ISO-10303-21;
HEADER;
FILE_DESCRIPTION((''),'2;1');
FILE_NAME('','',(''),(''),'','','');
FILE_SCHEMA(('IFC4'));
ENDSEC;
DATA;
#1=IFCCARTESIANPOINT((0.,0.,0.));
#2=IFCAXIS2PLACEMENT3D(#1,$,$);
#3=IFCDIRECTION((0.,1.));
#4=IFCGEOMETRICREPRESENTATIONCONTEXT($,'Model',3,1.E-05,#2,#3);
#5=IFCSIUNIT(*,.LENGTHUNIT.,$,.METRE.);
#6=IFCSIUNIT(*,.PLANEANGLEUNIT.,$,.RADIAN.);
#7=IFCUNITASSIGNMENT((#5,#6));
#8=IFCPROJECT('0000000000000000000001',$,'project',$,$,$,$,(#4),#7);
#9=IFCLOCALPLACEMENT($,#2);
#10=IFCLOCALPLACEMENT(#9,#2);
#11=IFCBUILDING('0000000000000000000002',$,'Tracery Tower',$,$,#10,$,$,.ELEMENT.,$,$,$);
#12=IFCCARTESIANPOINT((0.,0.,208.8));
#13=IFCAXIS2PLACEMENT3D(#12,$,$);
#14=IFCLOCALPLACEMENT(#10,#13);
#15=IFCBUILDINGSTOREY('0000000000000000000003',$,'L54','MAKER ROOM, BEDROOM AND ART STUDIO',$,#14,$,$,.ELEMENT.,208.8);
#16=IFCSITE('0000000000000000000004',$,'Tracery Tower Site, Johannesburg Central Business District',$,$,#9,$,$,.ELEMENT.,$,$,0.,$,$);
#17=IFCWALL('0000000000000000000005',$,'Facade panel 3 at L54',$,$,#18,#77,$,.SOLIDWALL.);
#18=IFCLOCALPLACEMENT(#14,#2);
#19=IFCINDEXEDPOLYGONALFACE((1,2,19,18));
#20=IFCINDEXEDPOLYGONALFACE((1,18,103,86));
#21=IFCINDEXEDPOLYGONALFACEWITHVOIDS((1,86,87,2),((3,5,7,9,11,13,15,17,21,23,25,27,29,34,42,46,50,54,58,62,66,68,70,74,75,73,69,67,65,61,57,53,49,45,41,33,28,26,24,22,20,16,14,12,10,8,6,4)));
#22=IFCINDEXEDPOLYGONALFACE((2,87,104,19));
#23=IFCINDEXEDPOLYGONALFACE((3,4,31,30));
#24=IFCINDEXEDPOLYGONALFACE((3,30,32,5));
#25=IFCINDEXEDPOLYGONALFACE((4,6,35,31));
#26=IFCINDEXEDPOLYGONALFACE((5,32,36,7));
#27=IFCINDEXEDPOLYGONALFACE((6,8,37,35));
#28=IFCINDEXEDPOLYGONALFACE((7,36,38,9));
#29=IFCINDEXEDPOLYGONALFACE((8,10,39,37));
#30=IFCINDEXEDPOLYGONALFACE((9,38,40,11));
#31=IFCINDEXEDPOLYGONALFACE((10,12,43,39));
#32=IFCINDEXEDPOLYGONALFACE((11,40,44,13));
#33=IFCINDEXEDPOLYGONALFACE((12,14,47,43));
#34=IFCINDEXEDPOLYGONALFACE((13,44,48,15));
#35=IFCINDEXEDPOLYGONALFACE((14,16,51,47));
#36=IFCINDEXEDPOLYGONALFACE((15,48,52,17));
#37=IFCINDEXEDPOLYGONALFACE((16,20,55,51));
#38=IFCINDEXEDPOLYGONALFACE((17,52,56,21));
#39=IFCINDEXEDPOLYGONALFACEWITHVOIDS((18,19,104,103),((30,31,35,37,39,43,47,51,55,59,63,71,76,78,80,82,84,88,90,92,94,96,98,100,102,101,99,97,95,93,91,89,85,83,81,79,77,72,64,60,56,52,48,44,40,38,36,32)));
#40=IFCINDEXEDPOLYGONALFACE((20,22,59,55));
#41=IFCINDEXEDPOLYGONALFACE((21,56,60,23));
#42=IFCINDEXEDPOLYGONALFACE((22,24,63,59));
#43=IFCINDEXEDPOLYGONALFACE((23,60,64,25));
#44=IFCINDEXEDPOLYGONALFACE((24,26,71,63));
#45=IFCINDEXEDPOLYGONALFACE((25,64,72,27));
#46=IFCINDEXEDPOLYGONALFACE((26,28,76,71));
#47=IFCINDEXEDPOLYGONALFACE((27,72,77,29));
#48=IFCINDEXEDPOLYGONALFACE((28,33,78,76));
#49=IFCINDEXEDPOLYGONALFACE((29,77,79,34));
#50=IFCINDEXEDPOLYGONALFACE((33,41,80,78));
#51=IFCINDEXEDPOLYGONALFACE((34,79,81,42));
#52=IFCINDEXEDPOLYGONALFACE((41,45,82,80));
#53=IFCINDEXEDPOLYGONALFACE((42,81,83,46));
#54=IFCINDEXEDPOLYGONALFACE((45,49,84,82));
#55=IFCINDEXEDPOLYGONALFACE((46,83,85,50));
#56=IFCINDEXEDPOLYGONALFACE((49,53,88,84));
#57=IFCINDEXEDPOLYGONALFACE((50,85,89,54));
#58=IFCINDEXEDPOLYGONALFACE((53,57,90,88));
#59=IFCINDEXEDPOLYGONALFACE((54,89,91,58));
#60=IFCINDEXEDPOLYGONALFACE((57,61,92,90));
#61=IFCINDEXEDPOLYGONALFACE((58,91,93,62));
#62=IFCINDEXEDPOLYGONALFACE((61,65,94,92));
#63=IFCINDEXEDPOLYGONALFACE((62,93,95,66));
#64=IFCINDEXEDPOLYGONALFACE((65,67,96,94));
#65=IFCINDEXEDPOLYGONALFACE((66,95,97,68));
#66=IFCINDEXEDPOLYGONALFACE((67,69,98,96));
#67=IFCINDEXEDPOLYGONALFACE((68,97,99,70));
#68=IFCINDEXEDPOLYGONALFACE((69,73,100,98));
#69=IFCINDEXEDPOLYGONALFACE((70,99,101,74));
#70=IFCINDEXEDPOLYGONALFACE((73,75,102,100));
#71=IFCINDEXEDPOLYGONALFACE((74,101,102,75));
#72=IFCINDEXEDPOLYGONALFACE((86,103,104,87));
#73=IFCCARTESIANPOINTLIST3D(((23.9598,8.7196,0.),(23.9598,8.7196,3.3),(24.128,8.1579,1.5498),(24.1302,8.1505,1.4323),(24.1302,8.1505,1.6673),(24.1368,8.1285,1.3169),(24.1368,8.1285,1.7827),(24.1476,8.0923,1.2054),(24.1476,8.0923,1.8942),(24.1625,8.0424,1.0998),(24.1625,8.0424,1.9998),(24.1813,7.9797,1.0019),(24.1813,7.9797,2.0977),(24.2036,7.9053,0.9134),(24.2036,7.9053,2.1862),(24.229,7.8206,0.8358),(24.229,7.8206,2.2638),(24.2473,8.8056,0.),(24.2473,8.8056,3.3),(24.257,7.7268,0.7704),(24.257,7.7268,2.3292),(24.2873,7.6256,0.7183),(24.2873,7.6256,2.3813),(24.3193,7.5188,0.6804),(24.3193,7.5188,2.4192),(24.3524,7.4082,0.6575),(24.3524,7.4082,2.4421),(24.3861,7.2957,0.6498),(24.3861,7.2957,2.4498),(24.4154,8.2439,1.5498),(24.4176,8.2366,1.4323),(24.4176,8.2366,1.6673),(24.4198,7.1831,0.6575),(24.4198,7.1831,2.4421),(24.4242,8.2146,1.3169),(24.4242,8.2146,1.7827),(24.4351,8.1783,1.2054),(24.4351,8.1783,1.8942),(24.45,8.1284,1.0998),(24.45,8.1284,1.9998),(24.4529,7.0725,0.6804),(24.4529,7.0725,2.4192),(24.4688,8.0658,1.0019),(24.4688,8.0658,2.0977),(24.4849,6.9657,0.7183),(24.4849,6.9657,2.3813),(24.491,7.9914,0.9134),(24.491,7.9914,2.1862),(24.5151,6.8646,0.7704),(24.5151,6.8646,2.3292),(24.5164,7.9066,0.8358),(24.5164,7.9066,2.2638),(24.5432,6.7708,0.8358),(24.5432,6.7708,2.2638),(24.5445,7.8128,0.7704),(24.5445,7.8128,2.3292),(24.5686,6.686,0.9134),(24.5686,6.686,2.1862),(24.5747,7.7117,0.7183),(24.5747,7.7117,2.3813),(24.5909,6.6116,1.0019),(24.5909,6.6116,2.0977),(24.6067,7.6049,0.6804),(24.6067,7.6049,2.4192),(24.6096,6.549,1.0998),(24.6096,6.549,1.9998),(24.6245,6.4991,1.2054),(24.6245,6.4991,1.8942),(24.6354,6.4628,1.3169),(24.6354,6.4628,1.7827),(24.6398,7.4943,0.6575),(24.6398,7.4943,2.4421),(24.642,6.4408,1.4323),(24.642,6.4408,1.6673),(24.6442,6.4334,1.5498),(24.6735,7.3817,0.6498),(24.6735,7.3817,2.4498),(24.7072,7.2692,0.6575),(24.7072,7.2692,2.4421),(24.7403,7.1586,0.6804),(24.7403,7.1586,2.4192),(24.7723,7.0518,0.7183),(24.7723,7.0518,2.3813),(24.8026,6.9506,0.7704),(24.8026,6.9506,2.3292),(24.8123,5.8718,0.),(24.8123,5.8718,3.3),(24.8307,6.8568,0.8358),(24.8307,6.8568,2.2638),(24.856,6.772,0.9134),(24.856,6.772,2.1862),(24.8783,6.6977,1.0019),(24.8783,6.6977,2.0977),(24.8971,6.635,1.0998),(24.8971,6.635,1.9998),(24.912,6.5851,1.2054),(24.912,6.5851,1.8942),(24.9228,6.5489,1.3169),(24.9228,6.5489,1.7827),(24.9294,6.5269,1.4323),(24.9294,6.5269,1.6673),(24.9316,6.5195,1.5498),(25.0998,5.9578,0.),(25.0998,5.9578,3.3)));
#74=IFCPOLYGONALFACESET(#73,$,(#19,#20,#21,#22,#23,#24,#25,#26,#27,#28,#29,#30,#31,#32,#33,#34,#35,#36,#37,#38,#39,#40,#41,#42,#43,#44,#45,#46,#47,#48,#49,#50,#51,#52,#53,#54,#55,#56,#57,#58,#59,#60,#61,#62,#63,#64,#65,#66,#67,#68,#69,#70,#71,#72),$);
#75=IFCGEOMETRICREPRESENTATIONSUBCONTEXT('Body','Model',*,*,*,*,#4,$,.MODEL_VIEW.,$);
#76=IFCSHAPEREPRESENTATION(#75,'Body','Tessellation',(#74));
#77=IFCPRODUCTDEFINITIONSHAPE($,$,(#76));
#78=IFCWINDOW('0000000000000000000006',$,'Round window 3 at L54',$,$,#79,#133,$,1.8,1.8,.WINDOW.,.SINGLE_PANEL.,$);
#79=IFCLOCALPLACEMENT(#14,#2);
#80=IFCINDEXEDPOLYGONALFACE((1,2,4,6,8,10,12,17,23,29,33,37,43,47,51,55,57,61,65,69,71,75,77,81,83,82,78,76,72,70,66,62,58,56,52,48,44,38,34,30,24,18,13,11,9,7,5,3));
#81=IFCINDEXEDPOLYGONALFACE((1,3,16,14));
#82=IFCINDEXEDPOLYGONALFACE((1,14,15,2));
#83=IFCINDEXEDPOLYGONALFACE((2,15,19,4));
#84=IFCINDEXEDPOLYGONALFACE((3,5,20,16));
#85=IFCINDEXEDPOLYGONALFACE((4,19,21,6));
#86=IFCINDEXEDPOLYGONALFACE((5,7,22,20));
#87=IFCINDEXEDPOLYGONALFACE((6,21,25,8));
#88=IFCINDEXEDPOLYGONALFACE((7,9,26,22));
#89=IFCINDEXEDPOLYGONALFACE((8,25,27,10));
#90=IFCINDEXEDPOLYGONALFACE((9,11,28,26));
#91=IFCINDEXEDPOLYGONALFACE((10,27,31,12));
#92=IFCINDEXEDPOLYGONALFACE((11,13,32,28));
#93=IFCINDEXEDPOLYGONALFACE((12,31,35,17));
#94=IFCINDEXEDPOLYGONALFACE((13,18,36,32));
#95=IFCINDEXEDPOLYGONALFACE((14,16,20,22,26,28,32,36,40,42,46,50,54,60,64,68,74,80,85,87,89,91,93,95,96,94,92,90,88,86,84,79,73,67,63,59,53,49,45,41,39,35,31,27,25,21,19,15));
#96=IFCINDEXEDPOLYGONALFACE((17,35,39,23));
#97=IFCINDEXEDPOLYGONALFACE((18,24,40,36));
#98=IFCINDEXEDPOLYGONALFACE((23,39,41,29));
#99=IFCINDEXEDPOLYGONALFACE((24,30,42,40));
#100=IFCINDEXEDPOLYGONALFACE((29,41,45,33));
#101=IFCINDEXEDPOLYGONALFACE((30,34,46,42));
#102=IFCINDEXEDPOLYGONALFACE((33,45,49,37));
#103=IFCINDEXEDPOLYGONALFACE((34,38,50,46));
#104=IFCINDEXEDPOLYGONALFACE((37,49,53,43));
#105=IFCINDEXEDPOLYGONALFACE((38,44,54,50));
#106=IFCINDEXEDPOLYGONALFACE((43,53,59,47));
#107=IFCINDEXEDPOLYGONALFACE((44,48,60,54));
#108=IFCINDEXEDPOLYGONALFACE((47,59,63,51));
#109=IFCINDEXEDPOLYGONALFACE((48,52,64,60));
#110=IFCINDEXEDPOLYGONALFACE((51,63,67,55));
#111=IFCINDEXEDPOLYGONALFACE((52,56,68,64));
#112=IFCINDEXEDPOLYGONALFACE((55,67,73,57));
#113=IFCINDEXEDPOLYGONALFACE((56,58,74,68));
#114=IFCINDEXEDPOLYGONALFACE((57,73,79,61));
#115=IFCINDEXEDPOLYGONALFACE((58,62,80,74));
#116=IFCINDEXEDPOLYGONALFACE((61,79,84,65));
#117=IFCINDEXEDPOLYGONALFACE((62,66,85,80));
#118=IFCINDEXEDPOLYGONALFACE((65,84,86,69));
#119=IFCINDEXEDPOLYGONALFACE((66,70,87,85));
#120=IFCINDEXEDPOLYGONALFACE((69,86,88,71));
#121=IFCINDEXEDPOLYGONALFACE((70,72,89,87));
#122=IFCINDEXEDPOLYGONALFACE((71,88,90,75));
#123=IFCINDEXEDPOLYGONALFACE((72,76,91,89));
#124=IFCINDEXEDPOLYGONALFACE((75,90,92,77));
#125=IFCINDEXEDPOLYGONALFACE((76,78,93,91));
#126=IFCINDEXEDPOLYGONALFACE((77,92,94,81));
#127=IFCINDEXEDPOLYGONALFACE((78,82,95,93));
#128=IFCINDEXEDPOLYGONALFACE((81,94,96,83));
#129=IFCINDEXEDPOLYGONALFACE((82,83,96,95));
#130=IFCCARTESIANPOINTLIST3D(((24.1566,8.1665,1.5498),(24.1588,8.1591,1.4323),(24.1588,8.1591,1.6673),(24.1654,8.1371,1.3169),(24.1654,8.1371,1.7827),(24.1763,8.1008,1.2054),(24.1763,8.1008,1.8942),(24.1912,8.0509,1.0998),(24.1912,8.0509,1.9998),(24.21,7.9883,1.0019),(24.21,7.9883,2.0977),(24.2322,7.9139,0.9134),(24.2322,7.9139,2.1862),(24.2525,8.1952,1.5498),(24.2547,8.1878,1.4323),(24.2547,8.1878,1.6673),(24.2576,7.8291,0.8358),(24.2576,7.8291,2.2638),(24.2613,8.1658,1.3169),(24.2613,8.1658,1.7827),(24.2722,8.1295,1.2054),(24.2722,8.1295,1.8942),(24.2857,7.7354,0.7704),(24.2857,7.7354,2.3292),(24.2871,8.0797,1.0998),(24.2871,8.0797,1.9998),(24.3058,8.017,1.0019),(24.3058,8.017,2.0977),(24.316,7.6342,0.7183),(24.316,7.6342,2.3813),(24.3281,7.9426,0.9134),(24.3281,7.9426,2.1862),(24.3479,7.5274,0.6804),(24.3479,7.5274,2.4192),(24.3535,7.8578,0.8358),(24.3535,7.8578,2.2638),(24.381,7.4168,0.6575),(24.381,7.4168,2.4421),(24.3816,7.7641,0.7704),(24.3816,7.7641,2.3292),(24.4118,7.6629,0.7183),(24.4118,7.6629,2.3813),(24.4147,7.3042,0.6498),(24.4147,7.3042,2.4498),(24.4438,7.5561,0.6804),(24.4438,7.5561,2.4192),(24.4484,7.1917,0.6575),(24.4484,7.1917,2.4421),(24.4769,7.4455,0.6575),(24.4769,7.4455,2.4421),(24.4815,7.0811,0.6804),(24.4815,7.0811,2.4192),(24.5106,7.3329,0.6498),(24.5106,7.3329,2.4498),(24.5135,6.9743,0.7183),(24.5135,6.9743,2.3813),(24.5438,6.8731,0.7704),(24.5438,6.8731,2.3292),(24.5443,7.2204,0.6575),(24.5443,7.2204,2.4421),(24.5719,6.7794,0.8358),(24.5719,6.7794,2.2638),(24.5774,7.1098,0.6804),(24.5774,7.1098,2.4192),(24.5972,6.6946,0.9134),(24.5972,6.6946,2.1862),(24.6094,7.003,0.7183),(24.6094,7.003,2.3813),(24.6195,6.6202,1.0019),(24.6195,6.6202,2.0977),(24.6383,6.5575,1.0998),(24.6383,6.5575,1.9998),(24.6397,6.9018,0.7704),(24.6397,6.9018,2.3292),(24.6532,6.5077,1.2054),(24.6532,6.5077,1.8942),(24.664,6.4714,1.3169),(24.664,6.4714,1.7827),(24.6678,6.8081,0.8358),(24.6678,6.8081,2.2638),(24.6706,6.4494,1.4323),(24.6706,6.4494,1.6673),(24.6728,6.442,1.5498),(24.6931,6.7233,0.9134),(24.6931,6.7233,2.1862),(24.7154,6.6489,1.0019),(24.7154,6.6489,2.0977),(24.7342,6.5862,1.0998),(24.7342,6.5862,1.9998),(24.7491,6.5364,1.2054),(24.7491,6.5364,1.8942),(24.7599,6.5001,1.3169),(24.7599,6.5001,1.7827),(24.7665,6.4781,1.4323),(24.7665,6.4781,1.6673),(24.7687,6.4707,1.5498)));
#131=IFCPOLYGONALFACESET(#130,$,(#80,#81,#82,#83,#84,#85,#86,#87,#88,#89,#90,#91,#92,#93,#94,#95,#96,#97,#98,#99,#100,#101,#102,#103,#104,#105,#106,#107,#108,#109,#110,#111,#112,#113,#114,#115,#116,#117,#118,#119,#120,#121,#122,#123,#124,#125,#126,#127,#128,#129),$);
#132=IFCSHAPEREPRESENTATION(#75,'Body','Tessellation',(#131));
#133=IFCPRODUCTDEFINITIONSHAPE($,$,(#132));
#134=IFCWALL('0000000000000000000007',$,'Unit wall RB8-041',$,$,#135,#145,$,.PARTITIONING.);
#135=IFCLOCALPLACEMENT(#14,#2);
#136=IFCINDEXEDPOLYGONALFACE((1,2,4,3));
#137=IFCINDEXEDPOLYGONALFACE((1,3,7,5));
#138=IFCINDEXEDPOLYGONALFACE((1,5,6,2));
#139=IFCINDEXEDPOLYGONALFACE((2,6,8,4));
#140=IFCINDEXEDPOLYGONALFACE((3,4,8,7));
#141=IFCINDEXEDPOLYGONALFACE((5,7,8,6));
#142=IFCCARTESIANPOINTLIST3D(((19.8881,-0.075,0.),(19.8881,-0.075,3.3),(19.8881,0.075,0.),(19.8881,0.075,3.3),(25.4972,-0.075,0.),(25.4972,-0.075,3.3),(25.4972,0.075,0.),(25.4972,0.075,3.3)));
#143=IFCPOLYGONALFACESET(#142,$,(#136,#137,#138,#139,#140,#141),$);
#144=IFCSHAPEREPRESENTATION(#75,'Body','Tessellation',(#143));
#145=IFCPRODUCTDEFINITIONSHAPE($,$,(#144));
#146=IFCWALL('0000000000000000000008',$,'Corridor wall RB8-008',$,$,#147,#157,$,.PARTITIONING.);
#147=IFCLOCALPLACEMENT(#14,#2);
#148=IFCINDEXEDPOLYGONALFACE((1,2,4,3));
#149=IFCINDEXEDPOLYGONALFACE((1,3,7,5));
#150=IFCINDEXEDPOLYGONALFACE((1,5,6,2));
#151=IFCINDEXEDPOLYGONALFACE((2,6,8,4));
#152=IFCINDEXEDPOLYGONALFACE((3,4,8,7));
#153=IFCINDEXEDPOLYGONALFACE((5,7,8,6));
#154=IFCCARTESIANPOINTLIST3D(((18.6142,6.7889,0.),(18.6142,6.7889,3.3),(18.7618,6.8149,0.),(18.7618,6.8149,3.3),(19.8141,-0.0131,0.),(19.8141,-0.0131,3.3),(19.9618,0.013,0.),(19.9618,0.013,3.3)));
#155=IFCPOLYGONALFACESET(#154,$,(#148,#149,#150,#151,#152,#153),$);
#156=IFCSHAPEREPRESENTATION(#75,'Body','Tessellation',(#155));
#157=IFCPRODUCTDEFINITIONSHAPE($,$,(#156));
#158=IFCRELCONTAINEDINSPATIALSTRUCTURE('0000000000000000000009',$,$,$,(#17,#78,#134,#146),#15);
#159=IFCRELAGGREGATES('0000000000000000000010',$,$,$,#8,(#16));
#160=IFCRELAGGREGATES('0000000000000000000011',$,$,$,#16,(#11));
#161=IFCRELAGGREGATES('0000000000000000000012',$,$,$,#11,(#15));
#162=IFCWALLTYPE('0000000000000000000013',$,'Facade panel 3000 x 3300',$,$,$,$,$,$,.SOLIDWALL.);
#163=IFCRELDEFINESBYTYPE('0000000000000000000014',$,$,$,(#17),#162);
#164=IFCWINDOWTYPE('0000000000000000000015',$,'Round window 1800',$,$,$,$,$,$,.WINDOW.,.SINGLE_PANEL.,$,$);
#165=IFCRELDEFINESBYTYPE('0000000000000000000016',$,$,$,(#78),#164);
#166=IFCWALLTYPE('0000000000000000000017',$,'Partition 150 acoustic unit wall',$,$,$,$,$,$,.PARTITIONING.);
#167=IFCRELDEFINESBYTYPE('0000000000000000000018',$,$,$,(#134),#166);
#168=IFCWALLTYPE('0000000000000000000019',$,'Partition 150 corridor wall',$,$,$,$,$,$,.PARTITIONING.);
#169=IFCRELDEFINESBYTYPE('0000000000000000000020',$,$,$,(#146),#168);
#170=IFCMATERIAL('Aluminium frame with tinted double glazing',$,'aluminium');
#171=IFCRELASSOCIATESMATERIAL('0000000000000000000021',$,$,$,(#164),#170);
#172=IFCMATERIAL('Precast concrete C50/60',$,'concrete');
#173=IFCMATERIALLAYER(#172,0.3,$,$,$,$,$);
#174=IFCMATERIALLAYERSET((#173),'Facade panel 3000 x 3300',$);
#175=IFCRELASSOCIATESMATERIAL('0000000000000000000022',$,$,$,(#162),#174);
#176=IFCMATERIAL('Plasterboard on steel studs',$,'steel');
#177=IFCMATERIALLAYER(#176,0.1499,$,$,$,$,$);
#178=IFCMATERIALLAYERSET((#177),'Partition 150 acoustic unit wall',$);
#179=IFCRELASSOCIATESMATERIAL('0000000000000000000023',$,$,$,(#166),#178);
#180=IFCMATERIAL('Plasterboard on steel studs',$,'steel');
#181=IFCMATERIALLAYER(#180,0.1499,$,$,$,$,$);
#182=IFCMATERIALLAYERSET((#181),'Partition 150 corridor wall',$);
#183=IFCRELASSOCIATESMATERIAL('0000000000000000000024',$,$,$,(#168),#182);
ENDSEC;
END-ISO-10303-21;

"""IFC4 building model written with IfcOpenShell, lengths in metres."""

from ifc_helpers import new_model, si_unit, direction, frame, frame_2d, origin, origin_2d, place, context, subcontext, project, spatial, rectangle, circle, extrude, material, layer, layer_set, type_object, element, fill, save


model = new_model("IFC4")

# Units and contexts
model_context = context("Model", 3, precision=1e-05, world=origin(), true_north=direction((0.0, 1.0)))
body_context = subcontext(model_context, "Body", "Model", "MODEL_VIEW")
ifc_project = project(units=[si_unit("LENGTHUNIT", "METRE"), si_unit("PLANEANGLEUNIT", "RADIAN")], contexts=[model_context])

# Site, building, storey
site_placement = place(None, origin())
site = spatial("IfcSite", under=ifc_project, at=site_placement, Name="Tracery Tower Site, Johannesburg Central Business District", CompositionType="ELEMENT", RefElevation=0.0)
building_placement = place(site_placement, origin())
building = spatial("IfcBuilding", under=site, at=building_placement, Name="Tracery Tower", CompositionType="ELEMENT")
storey_placement = place(building_placement, frame((0.0, 0.0, 208.8)))
storey = spatial("IfcBuildingStorey", under=building, at=storey_placement, Name="L54", Description="MAKER ROOM, BEDROOM AND ART STUDIO", CompositionType="ELEMENT", Elevation=208.8)

# Wall, opening, window
ifc_material_1 = material(Name="Aluminium frame with tinted double glazing", Category="aluminium")
window_type = type_object("IfcWindowType", Name="Round window 1800", PartitioningType="SINGLE_PANEL", PredefinedType="WINDOW", material=ifc_material_1)
ifc_material_2 = material(Name="Precast concrete C50/60", Category="concrete")
ifc_layer_1 = layer(ifc_material_2, 0.3)
ifc_layer_set_1 = layer_set([ifc_layer_1], Name="Facade panel 3000 x 3300")
wall_type_1 = type_object("IfcWallType", Name="Facade panel 3000 x 3300", PredefinedType="SOLIDWALL", material=ifc_layer_set_1)
wall_1_placement = place(storey_placement, frame((24.9561, 5.9148, 0.0), z_axis=(0.0, 0.0, 1.0), x_axis=(-0.286783, 0.957996, 0.0)))
wall_1 = element("IfcWall", 1, at=wall_1_placement, inside=storey, type_object=wall_type_1, Name="Facade panel 3 at L54", PredefinedType="SOLIDWALL", context=body_context, shape_type="SweptSolid", body=[
    extrude(rectangle(XDim=2.9727, YDim=0.3, at=frame_2d((1.4863, 0.0))), origin(), (0.0, 0.0, 1.0), 3.3),
])
opening_1_placement = place(wall_1_placement, frame((1.4863, 0.0, 1.5498)))
opening_1 = element("IfcOpeningElement", 2, at=opening_1_placement, cuts=wall_1, PredefinedType="OPENING", context=body_context, shape_type="SweptSolid", body=[
    extrude(circle(Radius=0.9, at=origin_2d()), frame((0.0, 0.1599, 0.0), z_axis=(0.0, -1.0, 0.0), x_axis=(1.0, 0.0, 0.0)), (0.0, 0.0, 1.0), 0.3201),
])
window_1_placement = place(opening_1_placement, origin())
window_1 = element("IfcWindow", 3, at=window_1_placement, inside=storey, type_object=window_type, Name="Round window 3 at L54", OverallHeight=1.8, OverallWidth=1.8, PartitioningType="SINGLE_PANEL", PredefinedType="WINDOW", context=body_context, shape_type="SweptSolid", body=[
    extrude(circle(Radius=0.9, at=origin_2d()), frame((0.0, 0.1201, 0.0), z_axis=(0.0, -1.0, 0.0), x_axis=(1.0, 0.0, 0.0)), (0.0, 0.0, 1.0), 0.1001),
])
fill(opening_1, window_1)

# Walls
ifc_material_3 = material(Name="Plasterboard on steel studs", Category="steel")
ifc_layer_2 = layer(ifc_material_3, 0.1499)
ifc_layer_set_2 = layer_set([ifc_layer_2], Name="Partition 150 acoustic unit wall")
wall_type_2 = type_object("IfcWallType", Name="Partition 150 acoustic unit wall", PredefinedType="PARTITIONING", material=ifc_layer_set_2)
wall_2_placement = place(storey_placement, frame((19.8879, 0.0, 0.0), z_axis=(0.0, 0.0, 1.0), x_axis=(1.0, 0.0, 0.0)))
element("IfcWall", 4, at=wall_2_placement, inside=storey, type_object=wall_type_2, Name="Unit wall RB8-041", PredefinedType="PARTITIONING", context=body_context, shape_type="SweptSolid", body=[
    extrude(rectangle(XDim=5.6091, YDim=0.1499, at=frame_2d((2.8047, 0.0))), origin(), (0.0, 0.0, 1.0), 3.3),
])
ifc_material_4 = material(Name="Plasterboard on steel studs", Category="steel")
ifc_layer_3 = layer(ifc_material_4, 0.1499)
ifc_layer_set_3 = layer_set([ifc_layer_3], Name="Partition 150 corridor wall")
wall_type_3 = type_object("IfcWallType", Name="Partition 150 corridor wall", PredefinedType="PARTITIONING", material=ifc_layer_set_3)
wall_3_placement = place(storey_placement, frame((18.688, 6.802, 0.0), z_axis=(0.0, 0.0, 1.0), x_axis=(0.173729, -0.984794, 0.0)))
element("IfcWall", 5, at=wall_3_placement, inside=storey, type_object=wall_type_3, Name="Corridor wall RB8-008", PredefinedType="PARTITIONING", context=body_context, shape_type="SweptSolid", body=[
    extrude(rectangle(XDim=6.907, YDim=0.1499, at=frame_2d((3.4536, 0.0))), origin(), (0.0, 0.0, 1.0), 3.3),
])

save(model, "model.ifc")
